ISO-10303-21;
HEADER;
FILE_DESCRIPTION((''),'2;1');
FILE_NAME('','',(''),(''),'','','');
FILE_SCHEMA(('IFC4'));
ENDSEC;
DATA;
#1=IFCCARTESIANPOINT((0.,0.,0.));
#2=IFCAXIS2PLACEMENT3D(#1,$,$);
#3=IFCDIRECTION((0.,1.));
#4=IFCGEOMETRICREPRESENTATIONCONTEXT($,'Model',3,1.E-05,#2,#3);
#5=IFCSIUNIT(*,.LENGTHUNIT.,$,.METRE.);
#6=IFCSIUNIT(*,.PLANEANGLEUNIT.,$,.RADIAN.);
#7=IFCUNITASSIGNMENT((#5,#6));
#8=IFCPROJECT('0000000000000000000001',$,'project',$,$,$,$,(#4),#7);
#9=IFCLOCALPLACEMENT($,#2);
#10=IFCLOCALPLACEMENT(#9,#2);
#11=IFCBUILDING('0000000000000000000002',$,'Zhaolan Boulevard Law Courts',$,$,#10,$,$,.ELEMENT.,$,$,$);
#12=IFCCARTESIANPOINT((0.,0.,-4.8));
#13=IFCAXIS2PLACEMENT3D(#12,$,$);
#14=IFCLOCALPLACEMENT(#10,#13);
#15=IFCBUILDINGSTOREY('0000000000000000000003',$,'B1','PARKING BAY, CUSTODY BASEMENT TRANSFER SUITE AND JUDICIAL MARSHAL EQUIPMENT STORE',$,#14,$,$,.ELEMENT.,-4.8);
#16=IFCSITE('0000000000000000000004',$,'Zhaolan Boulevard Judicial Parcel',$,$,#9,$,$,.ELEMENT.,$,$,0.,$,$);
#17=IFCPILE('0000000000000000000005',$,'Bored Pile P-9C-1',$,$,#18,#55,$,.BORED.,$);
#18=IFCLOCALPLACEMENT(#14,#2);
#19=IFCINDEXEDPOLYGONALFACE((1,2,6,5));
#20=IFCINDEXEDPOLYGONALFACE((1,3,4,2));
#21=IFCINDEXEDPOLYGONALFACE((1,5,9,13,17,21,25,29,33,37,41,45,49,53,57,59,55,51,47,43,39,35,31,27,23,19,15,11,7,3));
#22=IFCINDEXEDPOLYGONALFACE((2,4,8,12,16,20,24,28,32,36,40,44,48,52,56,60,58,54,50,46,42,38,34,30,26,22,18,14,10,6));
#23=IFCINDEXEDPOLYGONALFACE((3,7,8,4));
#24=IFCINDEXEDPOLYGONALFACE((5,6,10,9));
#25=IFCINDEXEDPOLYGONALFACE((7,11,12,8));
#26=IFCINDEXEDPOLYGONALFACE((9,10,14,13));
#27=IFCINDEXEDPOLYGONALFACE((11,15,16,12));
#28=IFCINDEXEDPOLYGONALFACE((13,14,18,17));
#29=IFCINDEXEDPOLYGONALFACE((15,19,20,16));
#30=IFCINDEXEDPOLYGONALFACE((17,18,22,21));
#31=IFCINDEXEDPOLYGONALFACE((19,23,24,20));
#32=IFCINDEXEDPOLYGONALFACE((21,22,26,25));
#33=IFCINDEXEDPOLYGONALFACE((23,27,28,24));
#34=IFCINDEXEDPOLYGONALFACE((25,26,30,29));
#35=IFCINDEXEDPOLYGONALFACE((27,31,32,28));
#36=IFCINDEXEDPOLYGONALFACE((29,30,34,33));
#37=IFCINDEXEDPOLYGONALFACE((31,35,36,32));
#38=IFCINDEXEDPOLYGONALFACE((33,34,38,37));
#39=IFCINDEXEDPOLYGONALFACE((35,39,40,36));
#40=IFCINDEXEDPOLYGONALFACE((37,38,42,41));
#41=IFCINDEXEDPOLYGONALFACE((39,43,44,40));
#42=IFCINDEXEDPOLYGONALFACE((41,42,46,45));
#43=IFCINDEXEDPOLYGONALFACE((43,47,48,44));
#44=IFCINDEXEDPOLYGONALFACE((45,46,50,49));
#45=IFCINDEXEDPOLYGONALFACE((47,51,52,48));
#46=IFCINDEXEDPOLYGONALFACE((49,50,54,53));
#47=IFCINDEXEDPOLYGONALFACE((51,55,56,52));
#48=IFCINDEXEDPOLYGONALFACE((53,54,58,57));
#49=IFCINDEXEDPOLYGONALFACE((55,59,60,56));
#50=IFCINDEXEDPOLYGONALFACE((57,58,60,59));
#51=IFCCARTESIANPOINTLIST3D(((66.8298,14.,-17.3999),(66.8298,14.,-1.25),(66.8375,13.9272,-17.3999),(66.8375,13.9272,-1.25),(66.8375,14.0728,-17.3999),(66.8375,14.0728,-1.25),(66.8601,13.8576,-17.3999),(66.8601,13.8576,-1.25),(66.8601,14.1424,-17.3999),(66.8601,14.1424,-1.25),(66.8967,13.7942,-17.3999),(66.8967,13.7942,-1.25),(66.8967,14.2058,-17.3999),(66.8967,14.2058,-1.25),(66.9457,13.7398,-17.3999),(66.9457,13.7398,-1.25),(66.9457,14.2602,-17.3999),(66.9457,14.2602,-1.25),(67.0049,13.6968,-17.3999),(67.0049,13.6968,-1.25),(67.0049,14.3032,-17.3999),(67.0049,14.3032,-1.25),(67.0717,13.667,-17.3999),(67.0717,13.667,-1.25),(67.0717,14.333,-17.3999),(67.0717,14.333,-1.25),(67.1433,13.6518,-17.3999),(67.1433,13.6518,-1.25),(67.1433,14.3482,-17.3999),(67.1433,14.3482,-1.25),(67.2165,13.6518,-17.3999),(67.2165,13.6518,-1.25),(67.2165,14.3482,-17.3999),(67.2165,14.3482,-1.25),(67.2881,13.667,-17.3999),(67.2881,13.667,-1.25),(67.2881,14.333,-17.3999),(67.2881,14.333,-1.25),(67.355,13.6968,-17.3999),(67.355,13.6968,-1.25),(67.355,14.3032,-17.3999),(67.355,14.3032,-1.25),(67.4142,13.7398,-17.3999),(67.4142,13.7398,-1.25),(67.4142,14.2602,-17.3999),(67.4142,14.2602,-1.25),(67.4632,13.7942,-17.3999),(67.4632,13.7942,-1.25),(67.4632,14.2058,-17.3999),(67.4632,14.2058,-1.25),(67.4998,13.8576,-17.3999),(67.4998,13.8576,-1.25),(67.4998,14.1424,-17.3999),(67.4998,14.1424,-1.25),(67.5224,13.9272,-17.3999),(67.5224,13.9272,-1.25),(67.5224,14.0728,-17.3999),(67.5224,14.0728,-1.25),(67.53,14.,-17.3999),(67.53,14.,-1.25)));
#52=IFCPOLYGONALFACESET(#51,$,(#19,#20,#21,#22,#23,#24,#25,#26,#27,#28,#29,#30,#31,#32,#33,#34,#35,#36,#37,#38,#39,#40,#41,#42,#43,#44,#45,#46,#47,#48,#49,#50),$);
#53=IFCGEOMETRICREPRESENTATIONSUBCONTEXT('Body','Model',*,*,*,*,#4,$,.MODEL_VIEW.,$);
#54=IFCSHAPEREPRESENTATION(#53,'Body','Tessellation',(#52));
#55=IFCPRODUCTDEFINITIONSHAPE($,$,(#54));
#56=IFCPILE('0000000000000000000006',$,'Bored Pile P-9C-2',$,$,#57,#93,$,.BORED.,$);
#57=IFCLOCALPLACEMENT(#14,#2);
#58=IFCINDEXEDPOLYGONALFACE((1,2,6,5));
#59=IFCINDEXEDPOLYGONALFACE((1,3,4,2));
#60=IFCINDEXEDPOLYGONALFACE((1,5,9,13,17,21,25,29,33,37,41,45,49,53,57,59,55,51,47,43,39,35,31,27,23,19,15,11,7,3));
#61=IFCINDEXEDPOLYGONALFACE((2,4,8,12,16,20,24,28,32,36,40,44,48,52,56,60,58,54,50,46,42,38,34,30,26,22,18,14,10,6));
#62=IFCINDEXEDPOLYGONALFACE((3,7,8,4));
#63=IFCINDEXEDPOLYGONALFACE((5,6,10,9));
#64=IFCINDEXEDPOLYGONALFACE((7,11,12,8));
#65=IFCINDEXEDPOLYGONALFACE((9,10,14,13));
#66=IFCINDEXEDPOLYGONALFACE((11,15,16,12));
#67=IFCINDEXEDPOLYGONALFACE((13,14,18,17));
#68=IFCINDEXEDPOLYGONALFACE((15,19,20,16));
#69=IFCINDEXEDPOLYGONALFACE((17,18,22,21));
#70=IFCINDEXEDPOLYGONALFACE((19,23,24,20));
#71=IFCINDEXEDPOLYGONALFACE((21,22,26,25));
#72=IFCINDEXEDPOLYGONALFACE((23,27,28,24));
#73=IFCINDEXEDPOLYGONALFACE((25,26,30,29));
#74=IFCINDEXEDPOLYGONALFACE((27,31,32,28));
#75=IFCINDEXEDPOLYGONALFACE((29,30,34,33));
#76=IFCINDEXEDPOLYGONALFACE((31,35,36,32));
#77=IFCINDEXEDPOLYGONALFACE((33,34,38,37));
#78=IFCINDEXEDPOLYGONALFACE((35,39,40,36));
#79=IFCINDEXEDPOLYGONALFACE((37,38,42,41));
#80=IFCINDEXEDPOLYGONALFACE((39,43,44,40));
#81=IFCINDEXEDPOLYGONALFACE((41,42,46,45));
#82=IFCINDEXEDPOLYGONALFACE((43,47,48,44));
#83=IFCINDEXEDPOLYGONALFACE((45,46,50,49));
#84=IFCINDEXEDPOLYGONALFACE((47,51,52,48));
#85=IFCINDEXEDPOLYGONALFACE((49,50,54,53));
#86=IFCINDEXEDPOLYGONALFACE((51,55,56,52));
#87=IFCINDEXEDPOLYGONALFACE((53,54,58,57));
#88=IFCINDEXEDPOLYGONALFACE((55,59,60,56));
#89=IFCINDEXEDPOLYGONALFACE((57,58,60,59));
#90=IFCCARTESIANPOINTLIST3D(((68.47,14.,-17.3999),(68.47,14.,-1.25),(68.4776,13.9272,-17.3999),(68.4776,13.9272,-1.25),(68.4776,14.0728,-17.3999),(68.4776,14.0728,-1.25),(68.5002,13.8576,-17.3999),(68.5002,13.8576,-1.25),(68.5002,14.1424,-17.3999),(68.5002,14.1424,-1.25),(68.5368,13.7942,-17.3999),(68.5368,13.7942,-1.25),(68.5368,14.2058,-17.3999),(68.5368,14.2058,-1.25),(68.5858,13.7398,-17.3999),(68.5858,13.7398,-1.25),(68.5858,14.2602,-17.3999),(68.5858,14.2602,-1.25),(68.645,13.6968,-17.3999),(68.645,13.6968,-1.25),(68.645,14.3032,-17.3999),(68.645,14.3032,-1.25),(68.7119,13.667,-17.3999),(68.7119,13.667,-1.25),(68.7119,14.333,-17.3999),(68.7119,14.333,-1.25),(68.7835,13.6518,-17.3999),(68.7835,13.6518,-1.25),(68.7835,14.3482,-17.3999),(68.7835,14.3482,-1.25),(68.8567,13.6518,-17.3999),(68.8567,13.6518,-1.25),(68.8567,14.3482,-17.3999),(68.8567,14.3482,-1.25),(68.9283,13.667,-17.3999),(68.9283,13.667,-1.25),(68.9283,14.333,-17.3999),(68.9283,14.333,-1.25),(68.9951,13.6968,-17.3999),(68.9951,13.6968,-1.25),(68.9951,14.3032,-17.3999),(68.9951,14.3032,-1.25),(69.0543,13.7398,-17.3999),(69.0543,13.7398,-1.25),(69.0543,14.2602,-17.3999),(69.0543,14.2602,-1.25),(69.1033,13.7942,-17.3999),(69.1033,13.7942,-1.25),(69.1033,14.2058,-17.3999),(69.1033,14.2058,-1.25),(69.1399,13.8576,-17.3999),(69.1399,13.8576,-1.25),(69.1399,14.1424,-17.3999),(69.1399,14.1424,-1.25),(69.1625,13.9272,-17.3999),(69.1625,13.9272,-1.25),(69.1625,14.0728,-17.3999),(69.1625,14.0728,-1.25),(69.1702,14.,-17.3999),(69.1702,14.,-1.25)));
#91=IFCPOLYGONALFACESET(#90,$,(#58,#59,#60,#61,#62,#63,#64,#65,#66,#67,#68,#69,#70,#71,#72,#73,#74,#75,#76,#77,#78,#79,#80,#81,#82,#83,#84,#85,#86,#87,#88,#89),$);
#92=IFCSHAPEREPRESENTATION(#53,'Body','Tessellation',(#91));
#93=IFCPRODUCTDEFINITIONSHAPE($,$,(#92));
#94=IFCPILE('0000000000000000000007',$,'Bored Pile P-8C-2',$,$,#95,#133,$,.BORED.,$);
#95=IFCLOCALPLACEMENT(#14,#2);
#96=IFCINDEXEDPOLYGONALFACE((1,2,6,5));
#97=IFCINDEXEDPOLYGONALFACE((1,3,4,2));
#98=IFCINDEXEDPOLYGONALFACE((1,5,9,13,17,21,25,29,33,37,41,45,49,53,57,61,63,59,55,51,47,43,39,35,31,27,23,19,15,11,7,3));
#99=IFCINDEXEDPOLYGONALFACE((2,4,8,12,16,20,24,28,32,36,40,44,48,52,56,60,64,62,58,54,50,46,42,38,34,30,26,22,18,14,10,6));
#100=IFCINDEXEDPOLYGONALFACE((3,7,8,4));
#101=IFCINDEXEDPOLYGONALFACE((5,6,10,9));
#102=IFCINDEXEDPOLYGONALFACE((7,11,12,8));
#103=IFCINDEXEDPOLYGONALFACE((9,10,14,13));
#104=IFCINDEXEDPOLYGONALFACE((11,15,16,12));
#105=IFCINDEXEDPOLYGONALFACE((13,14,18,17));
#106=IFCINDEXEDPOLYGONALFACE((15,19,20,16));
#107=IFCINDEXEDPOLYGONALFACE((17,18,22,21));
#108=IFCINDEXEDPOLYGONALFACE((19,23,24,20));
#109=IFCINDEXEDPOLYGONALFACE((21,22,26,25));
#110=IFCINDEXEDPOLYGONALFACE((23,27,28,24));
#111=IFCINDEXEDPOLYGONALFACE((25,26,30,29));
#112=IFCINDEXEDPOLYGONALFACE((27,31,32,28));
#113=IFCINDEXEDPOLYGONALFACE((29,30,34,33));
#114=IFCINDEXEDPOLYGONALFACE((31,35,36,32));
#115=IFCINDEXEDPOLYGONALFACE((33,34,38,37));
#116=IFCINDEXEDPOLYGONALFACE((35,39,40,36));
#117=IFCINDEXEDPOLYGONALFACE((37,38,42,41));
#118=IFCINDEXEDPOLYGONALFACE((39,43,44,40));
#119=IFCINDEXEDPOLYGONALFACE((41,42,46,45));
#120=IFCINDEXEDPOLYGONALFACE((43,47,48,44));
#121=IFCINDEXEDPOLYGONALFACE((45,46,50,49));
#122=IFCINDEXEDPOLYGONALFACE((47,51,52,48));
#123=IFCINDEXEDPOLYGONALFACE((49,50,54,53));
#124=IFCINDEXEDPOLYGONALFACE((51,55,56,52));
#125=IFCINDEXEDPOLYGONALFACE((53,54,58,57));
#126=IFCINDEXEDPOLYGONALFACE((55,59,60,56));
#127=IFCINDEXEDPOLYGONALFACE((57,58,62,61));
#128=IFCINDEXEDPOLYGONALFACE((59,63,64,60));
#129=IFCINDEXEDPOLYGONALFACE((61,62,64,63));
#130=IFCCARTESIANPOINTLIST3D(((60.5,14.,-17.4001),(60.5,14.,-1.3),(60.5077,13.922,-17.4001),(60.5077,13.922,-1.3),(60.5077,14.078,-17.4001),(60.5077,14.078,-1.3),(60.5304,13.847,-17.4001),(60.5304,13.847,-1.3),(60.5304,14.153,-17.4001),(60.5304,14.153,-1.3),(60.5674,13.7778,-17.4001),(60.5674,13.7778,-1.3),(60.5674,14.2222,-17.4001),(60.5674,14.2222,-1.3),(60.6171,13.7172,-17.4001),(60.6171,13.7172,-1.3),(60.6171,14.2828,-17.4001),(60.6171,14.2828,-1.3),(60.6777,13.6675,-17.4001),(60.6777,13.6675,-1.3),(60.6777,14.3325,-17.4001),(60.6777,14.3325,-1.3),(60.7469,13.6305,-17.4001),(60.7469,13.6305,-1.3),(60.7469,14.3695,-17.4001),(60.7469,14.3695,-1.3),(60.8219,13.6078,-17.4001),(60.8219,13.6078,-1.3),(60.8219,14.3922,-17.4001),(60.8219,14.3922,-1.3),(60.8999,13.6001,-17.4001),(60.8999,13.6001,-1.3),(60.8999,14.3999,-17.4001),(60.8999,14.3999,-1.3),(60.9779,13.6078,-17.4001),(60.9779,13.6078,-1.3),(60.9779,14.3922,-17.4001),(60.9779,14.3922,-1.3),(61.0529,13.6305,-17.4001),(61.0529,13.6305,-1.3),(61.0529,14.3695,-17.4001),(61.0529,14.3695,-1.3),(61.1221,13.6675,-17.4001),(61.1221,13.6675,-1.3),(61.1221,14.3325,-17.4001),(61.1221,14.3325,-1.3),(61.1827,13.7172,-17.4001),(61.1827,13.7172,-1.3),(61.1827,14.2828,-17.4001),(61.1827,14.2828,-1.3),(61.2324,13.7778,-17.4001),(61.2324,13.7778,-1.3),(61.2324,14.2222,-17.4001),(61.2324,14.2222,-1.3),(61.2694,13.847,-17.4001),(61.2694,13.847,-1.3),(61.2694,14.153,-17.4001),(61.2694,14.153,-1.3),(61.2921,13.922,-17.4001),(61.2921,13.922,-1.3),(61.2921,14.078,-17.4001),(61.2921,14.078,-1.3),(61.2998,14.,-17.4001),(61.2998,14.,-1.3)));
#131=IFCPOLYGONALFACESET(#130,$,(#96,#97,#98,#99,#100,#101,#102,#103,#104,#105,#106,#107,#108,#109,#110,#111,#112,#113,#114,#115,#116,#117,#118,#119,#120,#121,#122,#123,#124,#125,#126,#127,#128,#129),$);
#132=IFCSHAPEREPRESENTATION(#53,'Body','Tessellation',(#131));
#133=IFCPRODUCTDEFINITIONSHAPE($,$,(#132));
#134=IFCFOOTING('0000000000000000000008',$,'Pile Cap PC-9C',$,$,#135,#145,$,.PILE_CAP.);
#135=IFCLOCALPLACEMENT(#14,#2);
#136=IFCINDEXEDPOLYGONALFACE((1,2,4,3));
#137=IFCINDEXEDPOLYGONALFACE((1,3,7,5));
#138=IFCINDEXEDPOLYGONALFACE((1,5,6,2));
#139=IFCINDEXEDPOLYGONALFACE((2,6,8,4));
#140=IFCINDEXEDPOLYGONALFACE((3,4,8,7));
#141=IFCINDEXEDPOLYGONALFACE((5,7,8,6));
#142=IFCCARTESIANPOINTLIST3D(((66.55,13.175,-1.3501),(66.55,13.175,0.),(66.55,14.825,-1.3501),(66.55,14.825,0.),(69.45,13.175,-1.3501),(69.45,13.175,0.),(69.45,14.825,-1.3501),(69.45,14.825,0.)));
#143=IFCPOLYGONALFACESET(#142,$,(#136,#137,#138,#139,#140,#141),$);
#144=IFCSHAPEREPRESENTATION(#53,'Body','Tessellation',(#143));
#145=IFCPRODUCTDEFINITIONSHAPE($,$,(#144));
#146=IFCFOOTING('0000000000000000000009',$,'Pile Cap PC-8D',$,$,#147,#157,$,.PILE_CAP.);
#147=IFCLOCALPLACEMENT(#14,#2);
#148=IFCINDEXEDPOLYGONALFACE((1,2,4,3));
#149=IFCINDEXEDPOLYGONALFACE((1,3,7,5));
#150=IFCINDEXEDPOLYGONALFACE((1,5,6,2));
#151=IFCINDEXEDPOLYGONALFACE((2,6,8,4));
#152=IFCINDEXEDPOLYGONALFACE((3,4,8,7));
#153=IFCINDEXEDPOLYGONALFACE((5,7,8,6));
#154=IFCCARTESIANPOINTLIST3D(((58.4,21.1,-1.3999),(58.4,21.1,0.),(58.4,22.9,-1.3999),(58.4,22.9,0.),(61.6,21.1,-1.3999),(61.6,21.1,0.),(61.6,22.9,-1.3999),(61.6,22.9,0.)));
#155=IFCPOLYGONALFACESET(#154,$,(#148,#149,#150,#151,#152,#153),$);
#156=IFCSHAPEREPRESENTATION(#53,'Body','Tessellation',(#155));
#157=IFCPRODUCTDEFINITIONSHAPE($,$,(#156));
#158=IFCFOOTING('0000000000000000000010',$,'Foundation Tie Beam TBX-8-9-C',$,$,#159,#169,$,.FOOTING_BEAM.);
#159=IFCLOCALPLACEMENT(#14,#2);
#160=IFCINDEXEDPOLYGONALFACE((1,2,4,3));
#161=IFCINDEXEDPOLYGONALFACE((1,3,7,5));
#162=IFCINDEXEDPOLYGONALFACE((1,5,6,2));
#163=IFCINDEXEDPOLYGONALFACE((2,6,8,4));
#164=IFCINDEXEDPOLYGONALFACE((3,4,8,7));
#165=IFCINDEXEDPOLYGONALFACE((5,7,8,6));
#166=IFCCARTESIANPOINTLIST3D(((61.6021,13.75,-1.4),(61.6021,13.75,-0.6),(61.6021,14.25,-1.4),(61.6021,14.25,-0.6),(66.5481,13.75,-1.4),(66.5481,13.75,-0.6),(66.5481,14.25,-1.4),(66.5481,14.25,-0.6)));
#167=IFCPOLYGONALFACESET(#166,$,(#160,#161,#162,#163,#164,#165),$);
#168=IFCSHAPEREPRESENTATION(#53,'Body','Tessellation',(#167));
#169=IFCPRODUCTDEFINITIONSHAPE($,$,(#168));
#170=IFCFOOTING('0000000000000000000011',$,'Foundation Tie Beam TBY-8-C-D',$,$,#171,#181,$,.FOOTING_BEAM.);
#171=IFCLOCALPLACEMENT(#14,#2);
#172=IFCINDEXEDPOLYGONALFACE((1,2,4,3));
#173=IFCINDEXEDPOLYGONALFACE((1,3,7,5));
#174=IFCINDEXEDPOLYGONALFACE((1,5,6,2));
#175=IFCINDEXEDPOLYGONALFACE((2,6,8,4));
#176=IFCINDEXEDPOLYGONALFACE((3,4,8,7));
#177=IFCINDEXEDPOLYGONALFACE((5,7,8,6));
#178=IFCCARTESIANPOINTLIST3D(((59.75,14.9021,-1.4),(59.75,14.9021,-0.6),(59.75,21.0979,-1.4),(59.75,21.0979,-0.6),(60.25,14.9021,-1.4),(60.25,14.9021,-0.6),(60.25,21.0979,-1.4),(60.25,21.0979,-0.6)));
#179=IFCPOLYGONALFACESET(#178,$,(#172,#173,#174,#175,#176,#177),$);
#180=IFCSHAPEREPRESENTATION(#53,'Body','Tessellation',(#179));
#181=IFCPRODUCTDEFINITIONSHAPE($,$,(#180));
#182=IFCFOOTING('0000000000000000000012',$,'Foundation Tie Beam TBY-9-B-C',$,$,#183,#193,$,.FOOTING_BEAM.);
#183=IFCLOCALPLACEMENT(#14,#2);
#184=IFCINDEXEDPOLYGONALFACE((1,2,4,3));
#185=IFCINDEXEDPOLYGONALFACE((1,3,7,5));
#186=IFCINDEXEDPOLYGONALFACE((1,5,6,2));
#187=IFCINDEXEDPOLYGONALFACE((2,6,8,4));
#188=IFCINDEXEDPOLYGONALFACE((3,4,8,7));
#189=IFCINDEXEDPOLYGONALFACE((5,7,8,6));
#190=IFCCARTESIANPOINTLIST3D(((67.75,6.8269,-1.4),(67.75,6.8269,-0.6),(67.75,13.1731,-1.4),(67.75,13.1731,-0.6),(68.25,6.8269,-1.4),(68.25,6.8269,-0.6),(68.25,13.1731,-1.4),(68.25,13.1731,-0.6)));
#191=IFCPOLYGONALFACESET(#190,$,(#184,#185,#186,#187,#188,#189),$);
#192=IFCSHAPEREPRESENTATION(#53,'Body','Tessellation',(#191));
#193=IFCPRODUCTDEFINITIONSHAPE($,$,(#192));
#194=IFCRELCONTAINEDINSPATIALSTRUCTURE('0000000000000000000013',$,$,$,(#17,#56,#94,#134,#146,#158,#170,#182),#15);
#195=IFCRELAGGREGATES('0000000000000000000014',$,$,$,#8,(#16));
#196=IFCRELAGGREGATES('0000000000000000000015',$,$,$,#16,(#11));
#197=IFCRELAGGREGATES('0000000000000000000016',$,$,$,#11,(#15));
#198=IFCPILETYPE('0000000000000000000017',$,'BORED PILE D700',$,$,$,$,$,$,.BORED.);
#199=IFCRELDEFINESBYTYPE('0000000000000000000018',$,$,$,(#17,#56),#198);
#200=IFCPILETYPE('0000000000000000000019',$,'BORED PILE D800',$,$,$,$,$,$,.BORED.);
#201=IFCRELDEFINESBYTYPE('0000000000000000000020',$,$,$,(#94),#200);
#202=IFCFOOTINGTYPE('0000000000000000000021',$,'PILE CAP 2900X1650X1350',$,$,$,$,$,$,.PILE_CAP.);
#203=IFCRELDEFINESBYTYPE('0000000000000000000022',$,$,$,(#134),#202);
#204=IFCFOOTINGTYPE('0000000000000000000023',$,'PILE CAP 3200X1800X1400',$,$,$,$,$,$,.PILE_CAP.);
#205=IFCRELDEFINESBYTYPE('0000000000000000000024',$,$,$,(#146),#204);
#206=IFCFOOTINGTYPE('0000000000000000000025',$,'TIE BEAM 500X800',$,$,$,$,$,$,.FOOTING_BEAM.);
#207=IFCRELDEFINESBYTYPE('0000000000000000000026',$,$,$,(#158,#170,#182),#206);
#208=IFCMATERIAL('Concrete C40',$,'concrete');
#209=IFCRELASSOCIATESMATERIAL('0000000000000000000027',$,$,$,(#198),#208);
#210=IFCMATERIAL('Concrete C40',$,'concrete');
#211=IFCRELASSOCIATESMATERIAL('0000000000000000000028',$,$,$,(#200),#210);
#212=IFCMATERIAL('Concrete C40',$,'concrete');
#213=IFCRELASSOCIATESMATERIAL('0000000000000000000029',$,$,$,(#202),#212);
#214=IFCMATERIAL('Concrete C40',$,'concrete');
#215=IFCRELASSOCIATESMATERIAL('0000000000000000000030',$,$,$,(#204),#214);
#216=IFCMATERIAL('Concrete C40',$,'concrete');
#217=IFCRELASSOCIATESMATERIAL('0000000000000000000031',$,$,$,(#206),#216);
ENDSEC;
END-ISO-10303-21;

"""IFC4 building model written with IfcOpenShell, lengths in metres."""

from ifc_helpers import new_model, si_unit, direction, frame, origin, origin_2d, place, context, subcontext, project, spatial, rectangle, circle, extrude, material, material_profile, profile_set, type_object, element, save


model = new_model("IFC4")

# Units and contexts
model_context = context("Model", 3, precision=1e-05, world=origin(), true_north=direction((0.0, 1.0)))
body_context = subcontext(model_context, "Body", "Model", "MODEL_VIEW")
ifc_project = project(units=[si_unit("LENGTHUNIT", "METRE"), si_unit("PLANEANGLEUNIT", "RADIAN")], contexts=[model_context])

# Site, building, storey
site_placement = place(None, origin())
site = spatial("IfcSite", under=ifc_project, at=site_placement, Name="Zhaolan Boulevard Judicial Parcel", CompositionType="ELEMENT", RefElevation=0.0)
building_placement = place(site_placement, origin())
building = spatial("IfcBuilding", under=site, at=building_placement, Name="Zhaolan Boulevard Law Courts", CompositionType="ELEMENT")
storey_placement = place(building_placement, frame((0.0, 0.0, -4.8)))
storey = spatial("IfcBuildingStorey", under=building, at=storey_placement, Name="B1", Description="PARKING BAY, CUSTODY BASEMENT TRANSFER SUITE AND JUDICIAL MARSHAL EQUIPMENT STORE", CompositionType="ELEMENT", Elevation=-4.8)

# Piles
ifc_material_1 = material(Name="Concrete C40", Category="concrete")
ifc_material_profile_1 = material_profile(ifc_material_1, circle(Radius=0.3501, at=origin_2d()), Name="PILE-D700")
ifc_profile_set_1 = profile_set([ifc_material_profile_1], Name="Concrete C40")
pile_type_1 = type_object("IfcPileType", Name="BORED PILE D700", PredefinedType="BORED", material=ifc_profile_set_1)
for number, where, z_axis, x_axis, name in (
    (1, (67.1799, 14.0, -1.25), (0.0, 0.0, -1.0), (1.0, 0.0, 0.0), "Bored Pile P-9C-1"),
    (2, (68.8201, 14.0, -1.25), (0.0, 0.0, -1.0), (1.0, 0.0, 0.0), "Bored Pile P-9C-2"),
):
    element("IfcPile", number, at=place(storey_placement, frame(where, z_axis=z_axis, x_axis=x_axis)), inside=storey, type_object=pile_type_1, Name=name, PredefinedType="BORED", context=body_context, shape_type="SweptSolid", body=[
        extrude(circle(Radius=0.3501, at=origin_2d()), origin(), (0.0, 0.0, 1.0), 16.1499),
    ])
ifc_material_2 = material(Name="Concrete C40", Category="concrete")
ifc_material_profile_2 = material_profile(ifc_material_2, circle(Radius=0.3999, at=origin_2d()), Name="PILE-D800")
ifc_profile_set_2 = profile_set([ifc_material_profile_2], Name="Concrete C40")
pile_type_2 = type_object("IfcPileType", Name="BORED PILE D800", PredefinedType="BORED", material=ifc_profile_set_2)
pile_placement = place(storey_placement, frame((60.8999, 14.0, -1.3), z_axis=(0.0, 0.0, -1.0), x_axis=(1.0, 0.0, 0.0)))
element("IfcPile", 3, at=pile_placement, inside=storey, type_object=pile_type_2, Name="Bored Pile P-8C-2", PredefinedType="BORED", context=body_context, shape_type="SweptSolid", body=[
    extrude(circle(Radius=0.3999, at=origin_2d()), origin(), (0.0, 0.0, 1.0), 16.1001),
])

# Footings
ifc_material_3 = material(Name="Concrete C40", Category="concrete")
footing_type_1 = type_object("IfcFootingType", Name="PILE CAP 2900X1650X1350", PredefinedType="PILE_CAP", material=ifc_material_3)
footing_1_placement = place(storey_placement, frame((68.0, 14.0, -1.3501), z_axis=(0.0, 0.0, 1.0), x_axis=(1.0, 0.0, 0.0)))
element("IfcFooting", 4, at=footing_1_placement, inside=storey, type_object=footing_type_1, Name="Pile Cap PC-9C", PredefinedType="PILE_CAP", context=body_context, shape_type="SweptSolid", body=[
    extrude(rectangle(XDim=2.8999, YDim=1.6499, at=origin_2d()), origin(), (0.0, 0.0, 1.0), 1.3501),
])
ifc_material_4 = material(Name="Concrete C40", Category="concrete")
footing_type_2 = type_object("IfcFootingType", Name="PILE CAP 3200X1800X1400", PredefinedType="PILE_CAP", material=ifc_material_4)
footing_2_placement = place(storey_placement, frame((60.0, 22.0, -1.3999), z_axis=(0.0, 0.0, 1.0), x_axis=(1.0, 0.0, 0.0)))
element("IfcFooting", 5, at=footing_2_placement, inside=storey, type_object=footing_type_2, Name="Pile Cap PC-8D", PredefinedType="PILE_CAP", context=body_context, shape_type="SweptSolid", body=[
    extrude(rectangle(XDim=3.2, YDim=1.8, at=origin_2d()), origin(), (0.0, 0.0, 1.0), 1.3999),
])
ifc_material_5 = material(Name="Concrete C40", Category="concrete")
ifc_material_profile_3 = material_profile(ifc_material_5, rectangle(XDim=0.5, YDim=0.8, at=origin_2d()), Name="RC500x800")
ifc_profile_set_3 = profile_set([ifc_material_profile_3], Name="Concrete C40")
footing_type_3 = type_object("IfcFootingType", Name="TIE BEAM 500X800", PredefinedType="FOOTING_BEAM", material=ifc_profile_set_3)
footing_3_placement = place(storey_placement, frame((61.6021, 14.0, -1.0), z_axis=(1.0, 0.0, 0.0), x_axis=(0.0, 1.0, 0.0)))
element("IfcFooting", 6, at=footing_3_placement, inside=storey, type_object=footing_type_3, Name="Foundation Tie Beam TBX-8-9-C", PredefinedType="FOOTING_BEAM", context=body_context, shape_type="SweptSolid", body=[
    extrude(rectangle(XDim=0.5, YDim=0.8, at=origin_2d()), origin(), (0.0, 0.0, 1.0), 4.946),
])
footing_4_placement = place(storey_placement, frame((60.0, 14.9021, -1.0), z_axis=(0.0, 1.0, 0.0), x_axis=(-1.0, 0.0, 0.0)))
element("IfcFooting", 7, at=footing_4_placement, inside=storey, type_object=footing_type_3, Name="Foundation Tie Beam TBY-8-C-D", PredefinedType="FOOTING_BEAM", context=body_context, shape_type="SweptSolid", body=[
    extrude(rectangle(XDim=0.5, YDim=0.8, at=origin_2d()), origin(), (0.0, 0.0, 1.0), 6.1958),
])
for number, where, z_axis, x_axis, name in (
    (8, (68.0, 6.8269, -1.0), (0.0, 1.0, 0.0), (-1.0, 0.0, 0.0), "Foundation Tie Beam TBY-9-B-C"),
):
    element("IfcFooting", number, at=place(storey_placement, frame(where, z_axis=z_axis, x_axis=x_axis)), inside=storey, type_object=footing_type_3, Name=name, PredefinedType="FOOTING_BEAM", context=body_context, shape_type="SweptSolid", body=[
        extrude(rectangle(XDim=0.5, YDim=0.8, at=origin_2d()), origin(), (0.0, 0.0, 1.0), 6.3462),
    ])

save(model, "model.ifc")
